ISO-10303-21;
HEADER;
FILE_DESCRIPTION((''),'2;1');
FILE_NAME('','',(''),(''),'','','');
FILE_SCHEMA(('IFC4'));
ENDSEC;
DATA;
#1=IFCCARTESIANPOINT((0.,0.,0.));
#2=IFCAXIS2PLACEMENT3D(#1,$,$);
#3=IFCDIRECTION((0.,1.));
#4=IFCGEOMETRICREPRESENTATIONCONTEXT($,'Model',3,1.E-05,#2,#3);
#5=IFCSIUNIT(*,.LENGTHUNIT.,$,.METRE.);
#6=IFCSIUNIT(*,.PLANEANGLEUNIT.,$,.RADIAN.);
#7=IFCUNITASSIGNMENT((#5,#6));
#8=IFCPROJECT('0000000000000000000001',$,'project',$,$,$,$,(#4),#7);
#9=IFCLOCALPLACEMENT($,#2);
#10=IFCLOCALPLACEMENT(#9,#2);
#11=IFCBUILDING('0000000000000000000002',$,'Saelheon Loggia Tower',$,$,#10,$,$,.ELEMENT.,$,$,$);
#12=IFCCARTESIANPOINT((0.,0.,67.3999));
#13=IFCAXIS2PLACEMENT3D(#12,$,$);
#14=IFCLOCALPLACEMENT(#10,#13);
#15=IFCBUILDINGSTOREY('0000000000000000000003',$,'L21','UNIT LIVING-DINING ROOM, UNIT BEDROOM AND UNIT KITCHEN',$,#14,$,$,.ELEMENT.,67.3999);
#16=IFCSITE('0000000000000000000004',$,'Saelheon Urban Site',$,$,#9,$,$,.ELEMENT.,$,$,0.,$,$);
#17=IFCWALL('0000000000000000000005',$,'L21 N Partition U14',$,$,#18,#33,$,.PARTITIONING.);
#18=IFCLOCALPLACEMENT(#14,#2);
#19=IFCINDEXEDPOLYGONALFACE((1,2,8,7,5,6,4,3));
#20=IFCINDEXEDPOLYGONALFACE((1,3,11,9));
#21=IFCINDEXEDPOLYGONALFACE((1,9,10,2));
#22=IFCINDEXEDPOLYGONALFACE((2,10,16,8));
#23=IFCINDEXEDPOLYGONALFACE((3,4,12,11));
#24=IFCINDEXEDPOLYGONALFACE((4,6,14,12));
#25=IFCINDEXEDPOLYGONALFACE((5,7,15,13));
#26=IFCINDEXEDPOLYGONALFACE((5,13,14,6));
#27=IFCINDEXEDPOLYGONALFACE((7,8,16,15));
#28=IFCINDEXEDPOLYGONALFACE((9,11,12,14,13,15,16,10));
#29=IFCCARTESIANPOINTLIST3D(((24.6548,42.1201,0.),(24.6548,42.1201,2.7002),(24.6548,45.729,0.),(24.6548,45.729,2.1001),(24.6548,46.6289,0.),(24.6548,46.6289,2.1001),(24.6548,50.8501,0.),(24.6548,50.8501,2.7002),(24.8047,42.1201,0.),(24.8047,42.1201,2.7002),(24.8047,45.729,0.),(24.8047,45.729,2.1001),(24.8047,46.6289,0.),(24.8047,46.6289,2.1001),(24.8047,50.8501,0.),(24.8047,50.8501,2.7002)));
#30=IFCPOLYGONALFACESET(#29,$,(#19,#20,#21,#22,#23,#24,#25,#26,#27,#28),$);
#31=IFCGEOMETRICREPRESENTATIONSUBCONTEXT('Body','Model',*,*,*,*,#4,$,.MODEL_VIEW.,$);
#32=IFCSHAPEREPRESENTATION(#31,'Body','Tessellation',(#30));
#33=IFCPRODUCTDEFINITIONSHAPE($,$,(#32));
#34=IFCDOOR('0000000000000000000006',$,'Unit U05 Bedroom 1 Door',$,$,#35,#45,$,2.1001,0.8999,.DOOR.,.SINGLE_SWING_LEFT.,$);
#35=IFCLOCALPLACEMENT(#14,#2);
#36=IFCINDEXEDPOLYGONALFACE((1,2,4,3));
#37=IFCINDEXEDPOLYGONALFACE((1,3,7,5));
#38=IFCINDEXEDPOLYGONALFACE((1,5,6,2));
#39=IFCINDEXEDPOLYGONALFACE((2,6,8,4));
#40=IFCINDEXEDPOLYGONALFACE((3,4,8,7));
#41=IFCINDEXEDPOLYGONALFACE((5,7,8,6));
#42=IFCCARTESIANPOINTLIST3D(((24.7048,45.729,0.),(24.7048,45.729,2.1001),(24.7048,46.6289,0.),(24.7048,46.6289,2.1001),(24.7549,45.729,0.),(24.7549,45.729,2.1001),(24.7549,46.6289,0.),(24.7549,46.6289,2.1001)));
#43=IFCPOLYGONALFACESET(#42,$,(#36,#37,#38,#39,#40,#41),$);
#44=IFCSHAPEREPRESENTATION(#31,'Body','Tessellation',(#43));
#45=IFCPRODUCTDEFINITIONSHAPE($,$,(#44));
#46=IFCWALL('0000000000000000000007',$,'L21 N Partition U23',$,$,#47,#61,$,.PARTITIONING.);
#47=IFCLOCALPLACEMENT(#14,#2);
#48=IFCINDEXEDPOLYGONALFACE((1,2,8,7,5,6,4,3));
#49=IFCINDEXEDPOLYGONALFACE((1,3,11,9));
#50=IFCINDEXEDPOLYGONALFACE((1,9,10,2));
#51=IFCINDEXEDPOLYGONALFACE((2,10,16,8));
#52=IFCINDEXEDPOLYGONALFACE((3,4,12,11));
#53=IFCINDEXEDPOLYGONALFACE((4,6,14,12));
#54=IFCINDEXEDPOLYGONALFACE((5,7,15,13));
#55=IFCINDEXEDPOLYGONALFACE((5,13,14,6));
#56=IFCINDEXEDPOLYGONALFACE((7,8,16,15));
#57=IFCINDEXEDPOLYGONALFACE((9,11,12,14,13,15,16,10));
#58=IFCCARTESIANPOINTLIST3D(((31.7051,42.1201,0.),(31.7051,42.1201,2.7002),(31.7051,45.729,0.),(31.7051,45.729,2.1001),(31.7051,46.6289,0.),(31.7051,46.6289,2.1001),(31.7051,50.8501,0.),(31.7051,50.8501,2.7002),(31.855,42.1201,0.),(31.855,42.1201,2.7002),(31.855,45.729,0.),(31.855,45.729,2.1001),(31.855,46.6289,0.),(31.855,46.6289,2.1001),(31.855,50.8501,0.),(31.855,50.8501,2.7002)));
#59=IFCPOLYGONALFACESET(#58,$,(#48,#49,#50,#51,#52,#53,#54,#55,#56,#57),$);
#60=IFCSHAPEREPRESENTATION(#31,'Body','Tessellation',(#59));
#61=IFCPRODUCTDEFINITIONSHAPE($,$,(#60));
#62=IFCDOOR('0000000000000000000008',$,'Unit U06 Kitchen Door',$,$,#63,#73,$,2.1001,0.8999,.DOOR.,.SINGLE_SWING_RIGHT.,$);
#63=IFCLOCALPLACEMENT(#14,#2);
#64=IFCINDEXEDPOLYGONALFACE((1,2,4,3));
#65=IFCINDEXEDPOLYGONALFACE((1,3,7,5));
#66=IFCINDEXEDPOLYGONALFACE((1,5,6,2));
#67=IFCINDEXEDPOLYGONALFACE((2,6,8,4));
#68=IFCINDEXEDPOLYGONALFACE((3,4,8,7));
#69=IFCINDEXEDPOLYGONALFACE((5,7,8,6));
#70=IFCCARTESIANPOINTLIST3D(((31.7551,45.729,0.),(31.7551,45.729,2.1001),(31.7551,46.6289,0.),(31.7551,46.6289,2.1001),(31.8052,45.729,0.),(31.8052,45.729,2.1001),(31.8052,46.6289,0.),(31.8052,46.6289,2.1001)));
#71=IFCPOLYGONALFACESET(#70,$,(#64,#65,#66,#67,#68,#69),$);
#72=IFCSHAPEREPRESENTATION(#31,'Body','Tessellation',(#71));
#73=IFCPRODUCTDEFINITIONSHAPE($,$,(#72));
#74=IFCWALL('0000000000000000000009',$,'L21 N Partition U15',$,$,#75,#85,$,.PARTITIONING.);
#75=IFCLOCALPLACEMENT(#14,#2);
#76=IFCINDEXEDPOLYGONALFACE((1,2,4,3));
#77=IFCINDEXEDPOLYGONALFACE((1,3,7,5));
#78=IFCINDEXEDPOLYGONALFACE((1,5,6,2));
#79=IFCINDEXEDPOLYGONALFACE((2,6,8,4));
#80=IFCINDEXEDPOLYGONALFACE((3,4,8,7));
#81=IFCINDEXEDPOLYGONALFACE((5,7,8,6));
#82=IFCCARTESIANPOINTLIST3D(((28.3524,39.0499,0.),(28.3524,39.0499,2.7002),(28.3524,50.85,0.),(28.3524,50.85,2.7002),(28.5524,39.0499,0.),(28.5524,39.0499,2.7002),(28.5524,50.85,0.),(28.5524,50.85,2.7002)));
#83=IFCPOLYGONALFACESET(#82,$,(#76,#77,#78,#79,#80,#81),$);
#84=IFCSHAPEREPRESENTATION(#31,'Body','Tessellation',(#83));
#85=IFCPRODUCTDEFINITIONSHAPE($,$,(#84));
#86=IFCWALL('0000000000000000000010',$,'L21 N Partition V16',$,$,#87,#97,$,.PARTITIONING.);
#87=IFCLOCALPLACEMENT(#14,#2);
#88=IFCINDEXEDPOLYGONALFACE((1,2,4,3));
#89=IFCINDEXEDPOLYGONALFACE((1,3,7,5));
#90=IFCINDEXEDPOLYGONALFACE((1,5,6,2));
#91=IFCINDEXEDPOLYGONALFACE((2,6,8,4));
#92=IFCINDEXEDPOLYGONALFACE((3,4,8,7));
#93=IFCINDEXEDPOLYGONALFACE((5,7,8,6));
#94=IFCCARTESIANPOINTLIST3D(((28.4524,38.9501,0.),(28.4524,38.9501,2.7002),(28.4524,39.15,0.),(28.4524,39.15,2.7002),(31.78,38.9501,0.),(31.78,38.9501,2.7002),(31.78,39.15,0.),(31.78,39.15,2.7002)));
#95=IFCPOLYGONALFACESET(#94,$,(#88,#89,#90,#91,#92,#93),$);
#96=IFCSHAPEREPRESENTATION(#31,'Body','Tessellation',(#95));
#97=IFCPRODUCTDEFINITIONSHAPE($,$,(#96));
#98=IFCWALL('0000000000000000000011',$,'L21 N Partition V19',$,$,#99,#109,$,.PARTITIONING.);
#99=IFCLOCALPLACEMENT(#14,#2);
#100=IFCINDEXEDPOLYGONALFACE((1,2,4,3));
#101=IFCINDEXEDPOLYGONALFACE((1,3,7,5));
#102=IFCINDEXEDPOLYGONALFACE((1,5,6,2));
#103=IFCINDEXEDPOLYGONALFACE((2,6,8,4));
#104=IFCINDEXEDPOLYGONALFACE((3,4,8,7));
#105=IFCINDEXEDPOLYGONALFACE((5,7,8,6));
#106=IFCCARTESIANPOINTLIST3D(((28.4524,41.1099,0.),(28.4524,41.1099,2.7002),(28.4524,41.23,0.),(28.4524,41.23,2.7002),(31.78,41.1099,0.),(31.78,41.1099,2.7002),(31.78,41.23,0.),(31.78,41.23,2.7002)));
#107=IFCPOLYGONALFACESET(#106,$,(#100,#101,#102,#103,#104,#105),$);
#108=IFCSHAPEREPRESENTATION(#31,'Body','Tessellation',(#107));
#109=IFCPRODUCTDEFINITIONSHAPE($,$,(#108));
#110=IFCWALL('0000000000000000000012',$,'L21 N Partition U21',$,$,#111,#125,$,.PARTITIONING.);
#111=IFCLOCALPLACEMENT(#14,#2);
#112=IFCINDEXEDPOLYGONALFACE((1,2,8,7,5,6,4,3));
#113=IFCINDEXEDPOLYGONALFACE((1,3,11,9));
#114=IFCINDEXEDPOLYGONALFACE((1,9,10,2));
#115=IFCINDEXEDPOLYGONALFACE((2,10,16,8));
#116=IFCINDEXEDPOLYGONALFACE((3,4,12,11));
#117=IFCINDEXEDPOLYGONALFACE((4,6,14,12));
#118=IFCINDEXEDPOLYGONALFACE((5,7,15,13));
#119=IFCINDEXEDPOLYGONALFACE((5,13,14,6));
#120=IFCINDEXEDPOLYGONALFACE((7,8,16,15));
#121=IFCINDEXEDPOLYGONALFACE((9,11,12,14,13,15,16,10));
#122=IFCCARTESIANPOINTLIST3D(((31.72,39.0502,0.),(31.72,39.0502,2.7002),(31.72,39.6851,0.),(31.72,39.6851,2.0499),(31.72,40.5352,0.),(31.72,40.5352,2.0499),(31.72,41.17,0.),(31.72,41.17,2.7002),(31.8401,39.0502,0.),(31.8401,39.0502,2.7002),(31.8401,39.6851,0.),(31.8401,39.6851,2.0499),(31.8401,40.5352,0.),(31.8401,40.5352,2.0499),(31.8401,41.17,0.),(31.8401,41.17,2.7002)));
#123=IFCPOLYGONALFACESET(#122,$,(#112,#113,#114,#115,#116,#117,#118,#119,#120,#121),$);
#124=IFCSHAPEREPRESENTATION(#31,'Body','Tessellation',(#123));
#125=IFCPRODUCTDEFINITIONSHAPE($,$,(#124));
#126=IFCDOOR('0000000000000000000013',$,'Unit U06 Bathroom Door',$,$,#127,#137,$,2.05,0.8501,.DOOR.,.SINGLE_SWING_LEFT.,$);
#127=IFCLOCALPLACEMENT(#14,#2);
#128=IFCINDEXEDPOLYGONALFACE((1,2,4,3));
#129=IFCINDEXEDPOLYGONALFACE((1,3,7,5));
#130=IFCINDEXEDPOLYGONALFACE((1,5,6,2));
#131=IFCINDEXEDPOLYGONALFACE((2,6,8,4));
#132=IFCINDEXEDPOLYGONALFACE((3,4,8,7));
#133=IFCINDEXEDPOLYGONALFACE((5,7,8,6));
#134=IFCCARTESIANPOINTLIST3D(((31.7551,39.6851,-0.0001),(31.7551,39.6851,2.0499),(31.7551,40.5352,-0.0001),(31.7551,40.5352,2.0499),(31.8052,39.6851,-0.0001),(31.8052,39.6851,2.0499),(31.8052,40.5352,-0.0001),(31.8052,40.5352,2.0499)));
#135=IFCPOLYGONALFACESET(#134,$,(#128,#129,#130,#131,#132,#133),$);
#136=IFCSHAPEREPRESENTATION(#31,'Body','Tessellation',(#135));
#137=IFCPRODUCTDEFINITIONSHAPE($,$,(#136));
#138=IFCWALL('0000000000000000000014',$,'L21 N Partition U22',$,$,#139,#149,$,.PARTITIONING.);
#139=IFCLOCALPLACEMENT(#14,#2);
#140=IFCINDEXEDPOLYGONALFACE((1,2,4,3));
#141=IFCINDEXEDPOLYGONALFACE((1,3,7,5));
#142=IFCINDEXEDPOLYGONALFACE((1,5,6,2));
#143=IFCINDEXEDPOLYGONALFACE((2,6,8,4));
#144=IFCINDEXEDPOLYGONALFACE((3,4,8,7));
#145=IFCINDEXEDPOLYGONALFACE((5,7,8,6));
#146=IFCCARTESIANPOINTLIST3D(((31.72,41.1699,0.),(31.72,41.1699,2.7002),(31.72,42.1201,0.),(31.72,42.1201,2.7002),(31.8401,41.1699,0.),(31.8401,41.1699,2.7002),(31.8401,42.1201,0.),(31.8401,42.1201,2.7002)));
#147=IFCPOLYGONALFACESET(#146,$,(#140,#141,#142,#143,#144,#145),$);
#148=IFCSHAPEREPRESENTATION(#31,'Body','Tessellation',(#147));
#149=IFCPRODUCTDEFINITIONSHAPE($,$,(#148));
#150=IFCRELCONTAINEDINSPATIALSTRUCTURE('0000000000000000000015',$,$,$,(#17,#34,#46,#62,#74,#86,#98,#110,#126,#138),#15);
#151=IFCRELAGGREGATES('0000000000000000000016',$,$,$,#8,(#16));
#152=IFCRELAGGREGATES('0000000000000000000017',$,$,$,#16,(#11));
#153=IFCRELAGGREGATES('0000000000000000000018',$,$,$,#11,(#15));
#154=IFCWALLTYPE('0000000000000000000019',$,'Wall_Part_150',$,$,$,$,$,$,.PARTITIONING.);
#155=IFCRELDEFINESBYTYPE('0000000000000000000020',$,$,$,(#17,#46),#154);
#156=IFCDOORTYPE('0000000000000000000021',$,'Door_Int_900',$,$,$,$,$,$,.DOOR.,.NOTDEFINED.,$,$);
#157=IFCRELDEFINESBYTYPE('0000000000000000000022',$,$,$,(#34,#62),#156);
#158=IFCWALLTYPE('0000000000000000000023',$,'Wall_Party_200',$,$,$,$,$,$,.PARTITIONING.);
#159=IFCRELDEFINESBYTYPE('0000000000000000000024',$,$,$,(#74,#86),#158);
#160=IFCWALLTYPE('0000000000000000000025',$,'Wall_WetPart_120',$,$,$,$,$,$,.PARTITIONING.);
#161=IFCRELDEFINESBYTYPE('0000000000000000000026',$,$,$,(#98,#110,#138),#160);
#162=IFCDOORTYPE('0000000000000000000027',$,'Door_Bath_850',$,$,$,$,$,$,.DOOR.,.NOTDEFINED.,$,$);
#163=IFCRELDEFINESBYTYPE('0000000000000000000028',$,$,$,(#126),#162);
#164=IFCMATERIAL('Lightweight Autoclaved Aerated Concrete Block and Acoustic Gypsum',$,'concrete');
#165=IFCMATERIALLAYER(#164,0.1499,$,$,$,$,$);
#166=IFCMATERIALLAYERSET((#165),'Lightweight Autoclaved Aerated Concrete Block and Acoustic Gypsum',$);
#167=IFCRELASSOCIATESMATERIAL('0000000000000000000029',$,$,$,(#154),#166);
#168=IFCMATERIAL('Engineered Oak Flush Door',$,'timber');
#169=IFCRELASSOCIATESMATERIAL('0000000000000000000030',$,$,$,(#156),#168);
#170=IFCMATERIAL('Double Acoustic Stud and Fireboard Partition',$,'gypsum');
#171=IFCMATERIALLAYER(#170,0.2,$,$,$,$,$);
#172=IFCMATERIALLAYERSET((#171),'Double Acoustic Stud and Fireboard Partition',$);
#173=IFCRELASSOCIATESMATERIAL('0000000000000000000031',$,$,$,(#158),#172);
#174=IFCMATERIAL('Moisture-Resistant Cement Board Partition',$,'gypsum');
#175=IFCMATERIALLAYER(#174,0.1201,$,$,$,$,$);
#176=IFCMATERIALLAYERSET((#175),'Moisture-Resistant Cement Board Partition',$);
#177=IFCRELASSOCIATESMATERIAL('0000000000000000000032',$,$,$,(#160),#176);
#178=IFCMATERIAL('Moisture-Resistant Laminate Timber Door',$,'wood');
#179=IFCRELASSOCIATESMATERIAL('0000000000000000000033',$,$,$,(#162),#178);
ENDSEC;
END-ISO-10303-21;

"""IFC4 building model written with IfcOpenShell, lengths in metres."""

from ifc_helpers import new_model, si_unit, direction, frame, frame_2d, origin, place, context, subcontext, project, spatial, rectangle, extrude, source, transform, mapped, material, layer, layer_set, type_object, element, fill, save


model = new_model("IFC4")

# Units and contexts
model_context = context("Model", 3, precision=1e-05, world=origin(), true_north=direction((0.0, 1.0)))
body_context = subcontext(model_context, "Body", "Model", "MODEL_VIEW")
ifc_project = project(units=[si_unit("LENGTHUNIT", "METRE"), si_unit("PLANEANGLEUNIT", "RADIAN")], contexts=[model_context])

# Site, building, storey
site_placement = place(None, origin())
site = spatial("IfcSite", under=ifc_project, at=site_placement, Name="Saelheon Urban Site", CompositionType="ELEMENT", RefElevation=0.0)
building_placement = place(site_placement, origin())
building = spatial("IfcBuilding", under=site, at=building_placement, Name="Saelheon Loggia Tower", CompositionType="ELEMENT")
storey_placement = place(building_placement, frame((0.0, 0.0, 67.3999)))
storey = spatial("IfcBuildingStorey", under=building, at=storey_placement, Name="L21", Description="UNIT LIVING-DINING ROOM, UNIT BEDROOM AND UNIT KITCHEN", CompositionType="ELEMENT", Elevation=67.3999)

# Shared definitions
ifc_material_1 = material(Name="Lightweight Autoclaved Aerated Concrete Block and Acoustic Gypsum", Category="concrete")
ifc_layer_1 = layer(ifc_material_1, 0.1499)
ifc_layer_set_1 = layer_set([ifc_layer_1], Name="Lightweight Autoclaved Aerated Concrete Block and Acoustic Gypsum")
wall_type_1 = type_object("IfcWallType", Name="Wall_Part_150", PredefinedType="PARTITIONING", material=ifc_layer_set_1)

# Walls, openings, doors
ifc_material_2 = material(Name="Engineered Oak Flush Door", Category="timber")
door_type_1 = type_object("IfcDoorType", Name="Door_Int_900", OperationType="NOTDEFINED", PredefinedType="DOOR", material=ifc_material_2)
shared_shape_1 = source(origin(), body_context, "Body", "SweptSolid", [
    extrude(rectangle(XDim=0.8999, YDim=2.1001, at=frame_2d((0.45, 1.05))), frame((0.0, 0.0249, 0.0), z_axis=(0.0, -1.0, 0.0), x_axis=(1.0, 0.0, 0.0)), (0.0, 0.0, 1.0), 0.05),
])
wall_1_placement = place(storey_placement, frame((24.7297, 42.1201, 0.0), z_axis=(0.0, 0.0, 1.0), x_axis=(0.0, 1.0, 0.0)))
wall_1 = element("IfcWall", 1, at=wall_1_placement, inside=storey, type_object=wall_type_1, Name="L21 N Partition U14", PredefinedType="PARTITIONING", context=body_context, shape_type="SweptSolid", body=[
    extrude(rectangle(XDim=8.73, YDim=0.1499, at=frame_2d((4.365, 0.0))), origin(), (0.0, 0.0, 1.0), 2.7002),
])
opening_1_placement = place(wall_1_placement, frame((3.6089, 0.0, 0.0)))
opening_1 = element("IfcOpeningElement", 2, at=opening_1_placement, cuts=wall_1, PredefinedType="OPENING", context=body_context, shape_type="SweptSolid", body=[
    extrude(rectangle(XDim=0.8999, YDim=2.1001, at=frame_2d((0.45, 1.05))), frame((0.0, 0.0869, 0.0), z_axis=(0.0, -1.0, 0.0), x_axis=(1.0, 0.0, 0.0)), (0.0, 0.0, 1.0), 0.1738),
])
door_1_placement = place(opening_1_placement, origin())
door_1 = element("IfcDoor", 3, at=door_1_placement, inside=storey, type_object=door_type_1, Name="Unit U05 Bedroom 1 Door", OperationType="SINGLE_SWING_LEFT", OverallHeight=2.1001, OverallWidth=0.8999, PredefinedType="DOOR", context=body_context, shape_type="MappedRepresentation", body=[
    mapped(shared_shape_1, transform((0.0, 0.0, 0.0), scale=1.0)),
])
fill(opening_1, door_1)
wall_2_placement = place(storey_placement, frame((31.78, 42.1201, 0.0), z_axis=(0.0, 0.0, 1.0), x_axis=(0.0, 1.0, 0.0)))
wall_2 = element("IfcWall", 4, at=wall_2_placement, inside=storey, type_object=wall_type_1, Name="L21 N Partition U23", PredefinedType="PARTITIONING", context=body_context, shape_type="SweptSolid", body=[
    extrude(rectangle(XDim=8.73, YDim=0.1499, at=frame_2d((4.365, 0.0))), origin(), (0.0, 0.0, 1.0), 2.7002),
])
opening_2_placement = place(wall_2_placement, frame((3.6089, 0.0, 0.0)))
opening_2 = element("IfcOpeningElement", 5, at=opening_2_placement, cuts=wall_2, PredefinedType="OPENING", context=body_context, shape_type="SweptSolid", body=[
    extrude(rectangle(XDim=0.8999, YDim=2.1001, at=frame_2d((0.45, 1.05))), frame((0.0, 0.0869, 0.0), z_axis=(0.0, -1.0, 0.0), x_axis=(1.0, 0.0, 0.0)), (0.0, 0.0, 1.0), 0.1738),
])
door_2_placement = place(opening_2_placement, origin())
door_2 = element("IfcDoor", 6, at=door_2_placement, inside=storey, type_object=door_type_1, Name="Unit U06 Kitchen Door", OperationType="SINGLE_SWING_RIGHT", OverallHeight=2.1001, OverallWidth=0.8999, PredefinedType="DOOR", context=body_context, shape_type="MappedRepresentation", body=[
    mapped(shared_shape_1, transform((0.0, 0.0, 0.0), scale=1.0)),
])
fill(opening_2, door_2)

# Walls
ifc_material_3 = material(Name="Double Acoustic Stud and Fireboard Partition", Category="gypsum")
ifc_layer_2 = layer(ifc_material_3, 0.2)
ifc_layer_set_2 = layer_set([ifc_layer_2], Name="Double Acoustic Stud and Fireboard Partition")
wall_type_2 = type_object("IfcWallType", Name="Wall_Party_200", PredefinedType="PARTITIONING", material=ifc_layer_set_2)
wall_3_placement = place(storey_placement, frame((28.4524, 39.05, 0.0), z_axis=(0.0, 0.0, 1.0), x_axis=(0.0, 1.0, 0.0)))
element("IfcWall", 7, at=wall_3_placement, inside=storey, type_object=wall_type_2, Name="L21 N Partition U15", PredefinedType="PARTITIONING", context=body_context, shape_type="SweptSolid", body=[
    extrude(rectangle(XDim=11.8, YDim=0.2, at=frame_2d((5.8999, 0.0))), origin(), (0.0, 0.0, 1.0), 2.7002),
])
wall_4_placement = place(storey_placement, frame((28.4524, 39.05, 0.0), z_axis=(0.0, 0.0, 1.0), x_axis=(1.0, 0.0, 0.0)))
element("IfcWall", 8, at=wall_4_placement, inside=storey, type_object=wall_type_2, Name="L21 N Partition V16", PredefinedType="PARTITIONING", context=body_context, shape_type="SweptSolid", body=[
    extrude(rectangle(XDim=3.3276, YDim=0.2, at=frame_2d((1.6638, 0.0))), origin(), (0.0, 0.0, 1.0), 2.7002),
])

# Wall
ifc_material_4 = material(Name="Moisture-Resistant Cement Board Partition", Category="gypsum")
ifc_layer_3 = layer(ifc_material_4, 0.1201)
ifc_layer_set_3 = layer_set([ifc_layer_3], Name="Moisture-Resistant Cement Board Partition")
wall_type_3 = type_object("IfcWallType", Name="Wall_WetPart_120", PredefinedType="PARTITIONING", material=ifc_layer_set_3)
wall_5_placement = place(storey_placement, frame((28.4524, 41.1699, 0.0), z_axis=(0.0, 0.0, 1.0), x_axis=(1.0, 0.0, 0.0)))
element("IfcWall", 9, at=wall_5_placement, inside=storey, type_object=wall_type_3, Name="L21 N Partition V19", PredefinedType="PARTITIONING", context=body_context, shape_type="SweptSolid", body=[
    extrude(rectangle(XDim=3.3276, YDim=0.1201, at=frame_2d((1.6638, 0.0))), origin(), (0.0, 0.0, 1.0), 2.7002),
])

# Wall, opening, door
wall_6_placement = place(storey_placement, frame((31.78, 39.05, 0.0), z_axis=(0.0, 0.0, 1.0), x_axis=(0.0, 1.0, 0.0)))
wall_6 = element("IfcWall", 10, at=wall_6_placement, inside=storey, type_object=wall_type_3, Name="L21 N Partition U21", PredefinedType="PARTITIONING", context=body_context, shape_type="SweptSolid", body=[
    extrude(rectangle(XDim=2.1199, YDim=0.1201, at=frame_2d((1.0601, 0.0))), origin(), (0.0, 0.0, 1.0), 2.7002),
])
opening_3_placement = place(wall_6_placement, frame((0.635, 0.0, 0.0)))
opening_3 = element("IfcOpeningElement", 11, at=opening_3_placement, cuts=wall_6, PredefinedType="OPENING", context=body_context, shape_type="SweptSolid", body=[
    extrude(rectangle(XDim=0.8501, YDim=2.05, at=frame_2d((0.425, 1.0249))), frame((0.0, 0.072, 0.0), z_axis=(0.0, -1.0, 0.0), x_axis=(1.0, 0.0, 0.0)), (0.0, 0.0, 1.0), 0.144),
])
ifc_material_5 = material(Name="Moisture-Resistant Laminate Timber Door", Category="wood")
door_type_2 = type_object("IfcDoorType", Name="Door_Bath_850", OperationType="NOTDEFINED", PredefinedType="DOOR", material=ifc_material_5)
shared_shape_2 = source(origin(), body_context, "Body", "SweptSolid", [
    extrude(rectangle(XDim=0.8501, YDim=2.05, at=frame_2d((0.425, 1.0249))), frame((0.0, 0.0249, 0.0), z_axis=(0.0, -1.0, 0.0), x_axis=(1.0, 0.0, 0.0)), (0.0, 0.0, 1.0), 0.05),
])
door_3_placement = place(opening_3_placement, origin())
door_3 = element("IfcDoor", 12, at=door_3_placement, inside=storey, type_object=door_type_2, Name="Unit U06 Bathroom Door", OperationType="SINGLE_SWING_LEFT", OverallHeight=2.05, OverallWidth=0.8501, PredefinedType="DOOR", context=body_context, shape_type="MappedRepresentation", body=[
    mapped(shared_shape_2, transform((0.0, 0.0, 0.0), scale=1.0)),
])
fill(opening_3, door_3)

# Wall
wall_7_placement = place(storey_placement, frame((31.78, 41.1699, 0.0), z_axis=(0.0, 0.0, 1.0), x_axis=(0.0, 1.0, 0.0)))
element("IfcWall", 13, at=wall_7_placement, inside=storey, type_object=wall_type_3, Name="L21 N Partition U22", PredefinedType="PARTITIONING", context=body_context, shape_type="SweptSolid", body=[
    extrude(rectangle(XDim=0.9502, YDim=0.1201, at=frame_2d((0.4751, 0.0))), origin(), (0.0, 0.0, 1.0), 2.7002),
])

save(model, "model.ifc")
